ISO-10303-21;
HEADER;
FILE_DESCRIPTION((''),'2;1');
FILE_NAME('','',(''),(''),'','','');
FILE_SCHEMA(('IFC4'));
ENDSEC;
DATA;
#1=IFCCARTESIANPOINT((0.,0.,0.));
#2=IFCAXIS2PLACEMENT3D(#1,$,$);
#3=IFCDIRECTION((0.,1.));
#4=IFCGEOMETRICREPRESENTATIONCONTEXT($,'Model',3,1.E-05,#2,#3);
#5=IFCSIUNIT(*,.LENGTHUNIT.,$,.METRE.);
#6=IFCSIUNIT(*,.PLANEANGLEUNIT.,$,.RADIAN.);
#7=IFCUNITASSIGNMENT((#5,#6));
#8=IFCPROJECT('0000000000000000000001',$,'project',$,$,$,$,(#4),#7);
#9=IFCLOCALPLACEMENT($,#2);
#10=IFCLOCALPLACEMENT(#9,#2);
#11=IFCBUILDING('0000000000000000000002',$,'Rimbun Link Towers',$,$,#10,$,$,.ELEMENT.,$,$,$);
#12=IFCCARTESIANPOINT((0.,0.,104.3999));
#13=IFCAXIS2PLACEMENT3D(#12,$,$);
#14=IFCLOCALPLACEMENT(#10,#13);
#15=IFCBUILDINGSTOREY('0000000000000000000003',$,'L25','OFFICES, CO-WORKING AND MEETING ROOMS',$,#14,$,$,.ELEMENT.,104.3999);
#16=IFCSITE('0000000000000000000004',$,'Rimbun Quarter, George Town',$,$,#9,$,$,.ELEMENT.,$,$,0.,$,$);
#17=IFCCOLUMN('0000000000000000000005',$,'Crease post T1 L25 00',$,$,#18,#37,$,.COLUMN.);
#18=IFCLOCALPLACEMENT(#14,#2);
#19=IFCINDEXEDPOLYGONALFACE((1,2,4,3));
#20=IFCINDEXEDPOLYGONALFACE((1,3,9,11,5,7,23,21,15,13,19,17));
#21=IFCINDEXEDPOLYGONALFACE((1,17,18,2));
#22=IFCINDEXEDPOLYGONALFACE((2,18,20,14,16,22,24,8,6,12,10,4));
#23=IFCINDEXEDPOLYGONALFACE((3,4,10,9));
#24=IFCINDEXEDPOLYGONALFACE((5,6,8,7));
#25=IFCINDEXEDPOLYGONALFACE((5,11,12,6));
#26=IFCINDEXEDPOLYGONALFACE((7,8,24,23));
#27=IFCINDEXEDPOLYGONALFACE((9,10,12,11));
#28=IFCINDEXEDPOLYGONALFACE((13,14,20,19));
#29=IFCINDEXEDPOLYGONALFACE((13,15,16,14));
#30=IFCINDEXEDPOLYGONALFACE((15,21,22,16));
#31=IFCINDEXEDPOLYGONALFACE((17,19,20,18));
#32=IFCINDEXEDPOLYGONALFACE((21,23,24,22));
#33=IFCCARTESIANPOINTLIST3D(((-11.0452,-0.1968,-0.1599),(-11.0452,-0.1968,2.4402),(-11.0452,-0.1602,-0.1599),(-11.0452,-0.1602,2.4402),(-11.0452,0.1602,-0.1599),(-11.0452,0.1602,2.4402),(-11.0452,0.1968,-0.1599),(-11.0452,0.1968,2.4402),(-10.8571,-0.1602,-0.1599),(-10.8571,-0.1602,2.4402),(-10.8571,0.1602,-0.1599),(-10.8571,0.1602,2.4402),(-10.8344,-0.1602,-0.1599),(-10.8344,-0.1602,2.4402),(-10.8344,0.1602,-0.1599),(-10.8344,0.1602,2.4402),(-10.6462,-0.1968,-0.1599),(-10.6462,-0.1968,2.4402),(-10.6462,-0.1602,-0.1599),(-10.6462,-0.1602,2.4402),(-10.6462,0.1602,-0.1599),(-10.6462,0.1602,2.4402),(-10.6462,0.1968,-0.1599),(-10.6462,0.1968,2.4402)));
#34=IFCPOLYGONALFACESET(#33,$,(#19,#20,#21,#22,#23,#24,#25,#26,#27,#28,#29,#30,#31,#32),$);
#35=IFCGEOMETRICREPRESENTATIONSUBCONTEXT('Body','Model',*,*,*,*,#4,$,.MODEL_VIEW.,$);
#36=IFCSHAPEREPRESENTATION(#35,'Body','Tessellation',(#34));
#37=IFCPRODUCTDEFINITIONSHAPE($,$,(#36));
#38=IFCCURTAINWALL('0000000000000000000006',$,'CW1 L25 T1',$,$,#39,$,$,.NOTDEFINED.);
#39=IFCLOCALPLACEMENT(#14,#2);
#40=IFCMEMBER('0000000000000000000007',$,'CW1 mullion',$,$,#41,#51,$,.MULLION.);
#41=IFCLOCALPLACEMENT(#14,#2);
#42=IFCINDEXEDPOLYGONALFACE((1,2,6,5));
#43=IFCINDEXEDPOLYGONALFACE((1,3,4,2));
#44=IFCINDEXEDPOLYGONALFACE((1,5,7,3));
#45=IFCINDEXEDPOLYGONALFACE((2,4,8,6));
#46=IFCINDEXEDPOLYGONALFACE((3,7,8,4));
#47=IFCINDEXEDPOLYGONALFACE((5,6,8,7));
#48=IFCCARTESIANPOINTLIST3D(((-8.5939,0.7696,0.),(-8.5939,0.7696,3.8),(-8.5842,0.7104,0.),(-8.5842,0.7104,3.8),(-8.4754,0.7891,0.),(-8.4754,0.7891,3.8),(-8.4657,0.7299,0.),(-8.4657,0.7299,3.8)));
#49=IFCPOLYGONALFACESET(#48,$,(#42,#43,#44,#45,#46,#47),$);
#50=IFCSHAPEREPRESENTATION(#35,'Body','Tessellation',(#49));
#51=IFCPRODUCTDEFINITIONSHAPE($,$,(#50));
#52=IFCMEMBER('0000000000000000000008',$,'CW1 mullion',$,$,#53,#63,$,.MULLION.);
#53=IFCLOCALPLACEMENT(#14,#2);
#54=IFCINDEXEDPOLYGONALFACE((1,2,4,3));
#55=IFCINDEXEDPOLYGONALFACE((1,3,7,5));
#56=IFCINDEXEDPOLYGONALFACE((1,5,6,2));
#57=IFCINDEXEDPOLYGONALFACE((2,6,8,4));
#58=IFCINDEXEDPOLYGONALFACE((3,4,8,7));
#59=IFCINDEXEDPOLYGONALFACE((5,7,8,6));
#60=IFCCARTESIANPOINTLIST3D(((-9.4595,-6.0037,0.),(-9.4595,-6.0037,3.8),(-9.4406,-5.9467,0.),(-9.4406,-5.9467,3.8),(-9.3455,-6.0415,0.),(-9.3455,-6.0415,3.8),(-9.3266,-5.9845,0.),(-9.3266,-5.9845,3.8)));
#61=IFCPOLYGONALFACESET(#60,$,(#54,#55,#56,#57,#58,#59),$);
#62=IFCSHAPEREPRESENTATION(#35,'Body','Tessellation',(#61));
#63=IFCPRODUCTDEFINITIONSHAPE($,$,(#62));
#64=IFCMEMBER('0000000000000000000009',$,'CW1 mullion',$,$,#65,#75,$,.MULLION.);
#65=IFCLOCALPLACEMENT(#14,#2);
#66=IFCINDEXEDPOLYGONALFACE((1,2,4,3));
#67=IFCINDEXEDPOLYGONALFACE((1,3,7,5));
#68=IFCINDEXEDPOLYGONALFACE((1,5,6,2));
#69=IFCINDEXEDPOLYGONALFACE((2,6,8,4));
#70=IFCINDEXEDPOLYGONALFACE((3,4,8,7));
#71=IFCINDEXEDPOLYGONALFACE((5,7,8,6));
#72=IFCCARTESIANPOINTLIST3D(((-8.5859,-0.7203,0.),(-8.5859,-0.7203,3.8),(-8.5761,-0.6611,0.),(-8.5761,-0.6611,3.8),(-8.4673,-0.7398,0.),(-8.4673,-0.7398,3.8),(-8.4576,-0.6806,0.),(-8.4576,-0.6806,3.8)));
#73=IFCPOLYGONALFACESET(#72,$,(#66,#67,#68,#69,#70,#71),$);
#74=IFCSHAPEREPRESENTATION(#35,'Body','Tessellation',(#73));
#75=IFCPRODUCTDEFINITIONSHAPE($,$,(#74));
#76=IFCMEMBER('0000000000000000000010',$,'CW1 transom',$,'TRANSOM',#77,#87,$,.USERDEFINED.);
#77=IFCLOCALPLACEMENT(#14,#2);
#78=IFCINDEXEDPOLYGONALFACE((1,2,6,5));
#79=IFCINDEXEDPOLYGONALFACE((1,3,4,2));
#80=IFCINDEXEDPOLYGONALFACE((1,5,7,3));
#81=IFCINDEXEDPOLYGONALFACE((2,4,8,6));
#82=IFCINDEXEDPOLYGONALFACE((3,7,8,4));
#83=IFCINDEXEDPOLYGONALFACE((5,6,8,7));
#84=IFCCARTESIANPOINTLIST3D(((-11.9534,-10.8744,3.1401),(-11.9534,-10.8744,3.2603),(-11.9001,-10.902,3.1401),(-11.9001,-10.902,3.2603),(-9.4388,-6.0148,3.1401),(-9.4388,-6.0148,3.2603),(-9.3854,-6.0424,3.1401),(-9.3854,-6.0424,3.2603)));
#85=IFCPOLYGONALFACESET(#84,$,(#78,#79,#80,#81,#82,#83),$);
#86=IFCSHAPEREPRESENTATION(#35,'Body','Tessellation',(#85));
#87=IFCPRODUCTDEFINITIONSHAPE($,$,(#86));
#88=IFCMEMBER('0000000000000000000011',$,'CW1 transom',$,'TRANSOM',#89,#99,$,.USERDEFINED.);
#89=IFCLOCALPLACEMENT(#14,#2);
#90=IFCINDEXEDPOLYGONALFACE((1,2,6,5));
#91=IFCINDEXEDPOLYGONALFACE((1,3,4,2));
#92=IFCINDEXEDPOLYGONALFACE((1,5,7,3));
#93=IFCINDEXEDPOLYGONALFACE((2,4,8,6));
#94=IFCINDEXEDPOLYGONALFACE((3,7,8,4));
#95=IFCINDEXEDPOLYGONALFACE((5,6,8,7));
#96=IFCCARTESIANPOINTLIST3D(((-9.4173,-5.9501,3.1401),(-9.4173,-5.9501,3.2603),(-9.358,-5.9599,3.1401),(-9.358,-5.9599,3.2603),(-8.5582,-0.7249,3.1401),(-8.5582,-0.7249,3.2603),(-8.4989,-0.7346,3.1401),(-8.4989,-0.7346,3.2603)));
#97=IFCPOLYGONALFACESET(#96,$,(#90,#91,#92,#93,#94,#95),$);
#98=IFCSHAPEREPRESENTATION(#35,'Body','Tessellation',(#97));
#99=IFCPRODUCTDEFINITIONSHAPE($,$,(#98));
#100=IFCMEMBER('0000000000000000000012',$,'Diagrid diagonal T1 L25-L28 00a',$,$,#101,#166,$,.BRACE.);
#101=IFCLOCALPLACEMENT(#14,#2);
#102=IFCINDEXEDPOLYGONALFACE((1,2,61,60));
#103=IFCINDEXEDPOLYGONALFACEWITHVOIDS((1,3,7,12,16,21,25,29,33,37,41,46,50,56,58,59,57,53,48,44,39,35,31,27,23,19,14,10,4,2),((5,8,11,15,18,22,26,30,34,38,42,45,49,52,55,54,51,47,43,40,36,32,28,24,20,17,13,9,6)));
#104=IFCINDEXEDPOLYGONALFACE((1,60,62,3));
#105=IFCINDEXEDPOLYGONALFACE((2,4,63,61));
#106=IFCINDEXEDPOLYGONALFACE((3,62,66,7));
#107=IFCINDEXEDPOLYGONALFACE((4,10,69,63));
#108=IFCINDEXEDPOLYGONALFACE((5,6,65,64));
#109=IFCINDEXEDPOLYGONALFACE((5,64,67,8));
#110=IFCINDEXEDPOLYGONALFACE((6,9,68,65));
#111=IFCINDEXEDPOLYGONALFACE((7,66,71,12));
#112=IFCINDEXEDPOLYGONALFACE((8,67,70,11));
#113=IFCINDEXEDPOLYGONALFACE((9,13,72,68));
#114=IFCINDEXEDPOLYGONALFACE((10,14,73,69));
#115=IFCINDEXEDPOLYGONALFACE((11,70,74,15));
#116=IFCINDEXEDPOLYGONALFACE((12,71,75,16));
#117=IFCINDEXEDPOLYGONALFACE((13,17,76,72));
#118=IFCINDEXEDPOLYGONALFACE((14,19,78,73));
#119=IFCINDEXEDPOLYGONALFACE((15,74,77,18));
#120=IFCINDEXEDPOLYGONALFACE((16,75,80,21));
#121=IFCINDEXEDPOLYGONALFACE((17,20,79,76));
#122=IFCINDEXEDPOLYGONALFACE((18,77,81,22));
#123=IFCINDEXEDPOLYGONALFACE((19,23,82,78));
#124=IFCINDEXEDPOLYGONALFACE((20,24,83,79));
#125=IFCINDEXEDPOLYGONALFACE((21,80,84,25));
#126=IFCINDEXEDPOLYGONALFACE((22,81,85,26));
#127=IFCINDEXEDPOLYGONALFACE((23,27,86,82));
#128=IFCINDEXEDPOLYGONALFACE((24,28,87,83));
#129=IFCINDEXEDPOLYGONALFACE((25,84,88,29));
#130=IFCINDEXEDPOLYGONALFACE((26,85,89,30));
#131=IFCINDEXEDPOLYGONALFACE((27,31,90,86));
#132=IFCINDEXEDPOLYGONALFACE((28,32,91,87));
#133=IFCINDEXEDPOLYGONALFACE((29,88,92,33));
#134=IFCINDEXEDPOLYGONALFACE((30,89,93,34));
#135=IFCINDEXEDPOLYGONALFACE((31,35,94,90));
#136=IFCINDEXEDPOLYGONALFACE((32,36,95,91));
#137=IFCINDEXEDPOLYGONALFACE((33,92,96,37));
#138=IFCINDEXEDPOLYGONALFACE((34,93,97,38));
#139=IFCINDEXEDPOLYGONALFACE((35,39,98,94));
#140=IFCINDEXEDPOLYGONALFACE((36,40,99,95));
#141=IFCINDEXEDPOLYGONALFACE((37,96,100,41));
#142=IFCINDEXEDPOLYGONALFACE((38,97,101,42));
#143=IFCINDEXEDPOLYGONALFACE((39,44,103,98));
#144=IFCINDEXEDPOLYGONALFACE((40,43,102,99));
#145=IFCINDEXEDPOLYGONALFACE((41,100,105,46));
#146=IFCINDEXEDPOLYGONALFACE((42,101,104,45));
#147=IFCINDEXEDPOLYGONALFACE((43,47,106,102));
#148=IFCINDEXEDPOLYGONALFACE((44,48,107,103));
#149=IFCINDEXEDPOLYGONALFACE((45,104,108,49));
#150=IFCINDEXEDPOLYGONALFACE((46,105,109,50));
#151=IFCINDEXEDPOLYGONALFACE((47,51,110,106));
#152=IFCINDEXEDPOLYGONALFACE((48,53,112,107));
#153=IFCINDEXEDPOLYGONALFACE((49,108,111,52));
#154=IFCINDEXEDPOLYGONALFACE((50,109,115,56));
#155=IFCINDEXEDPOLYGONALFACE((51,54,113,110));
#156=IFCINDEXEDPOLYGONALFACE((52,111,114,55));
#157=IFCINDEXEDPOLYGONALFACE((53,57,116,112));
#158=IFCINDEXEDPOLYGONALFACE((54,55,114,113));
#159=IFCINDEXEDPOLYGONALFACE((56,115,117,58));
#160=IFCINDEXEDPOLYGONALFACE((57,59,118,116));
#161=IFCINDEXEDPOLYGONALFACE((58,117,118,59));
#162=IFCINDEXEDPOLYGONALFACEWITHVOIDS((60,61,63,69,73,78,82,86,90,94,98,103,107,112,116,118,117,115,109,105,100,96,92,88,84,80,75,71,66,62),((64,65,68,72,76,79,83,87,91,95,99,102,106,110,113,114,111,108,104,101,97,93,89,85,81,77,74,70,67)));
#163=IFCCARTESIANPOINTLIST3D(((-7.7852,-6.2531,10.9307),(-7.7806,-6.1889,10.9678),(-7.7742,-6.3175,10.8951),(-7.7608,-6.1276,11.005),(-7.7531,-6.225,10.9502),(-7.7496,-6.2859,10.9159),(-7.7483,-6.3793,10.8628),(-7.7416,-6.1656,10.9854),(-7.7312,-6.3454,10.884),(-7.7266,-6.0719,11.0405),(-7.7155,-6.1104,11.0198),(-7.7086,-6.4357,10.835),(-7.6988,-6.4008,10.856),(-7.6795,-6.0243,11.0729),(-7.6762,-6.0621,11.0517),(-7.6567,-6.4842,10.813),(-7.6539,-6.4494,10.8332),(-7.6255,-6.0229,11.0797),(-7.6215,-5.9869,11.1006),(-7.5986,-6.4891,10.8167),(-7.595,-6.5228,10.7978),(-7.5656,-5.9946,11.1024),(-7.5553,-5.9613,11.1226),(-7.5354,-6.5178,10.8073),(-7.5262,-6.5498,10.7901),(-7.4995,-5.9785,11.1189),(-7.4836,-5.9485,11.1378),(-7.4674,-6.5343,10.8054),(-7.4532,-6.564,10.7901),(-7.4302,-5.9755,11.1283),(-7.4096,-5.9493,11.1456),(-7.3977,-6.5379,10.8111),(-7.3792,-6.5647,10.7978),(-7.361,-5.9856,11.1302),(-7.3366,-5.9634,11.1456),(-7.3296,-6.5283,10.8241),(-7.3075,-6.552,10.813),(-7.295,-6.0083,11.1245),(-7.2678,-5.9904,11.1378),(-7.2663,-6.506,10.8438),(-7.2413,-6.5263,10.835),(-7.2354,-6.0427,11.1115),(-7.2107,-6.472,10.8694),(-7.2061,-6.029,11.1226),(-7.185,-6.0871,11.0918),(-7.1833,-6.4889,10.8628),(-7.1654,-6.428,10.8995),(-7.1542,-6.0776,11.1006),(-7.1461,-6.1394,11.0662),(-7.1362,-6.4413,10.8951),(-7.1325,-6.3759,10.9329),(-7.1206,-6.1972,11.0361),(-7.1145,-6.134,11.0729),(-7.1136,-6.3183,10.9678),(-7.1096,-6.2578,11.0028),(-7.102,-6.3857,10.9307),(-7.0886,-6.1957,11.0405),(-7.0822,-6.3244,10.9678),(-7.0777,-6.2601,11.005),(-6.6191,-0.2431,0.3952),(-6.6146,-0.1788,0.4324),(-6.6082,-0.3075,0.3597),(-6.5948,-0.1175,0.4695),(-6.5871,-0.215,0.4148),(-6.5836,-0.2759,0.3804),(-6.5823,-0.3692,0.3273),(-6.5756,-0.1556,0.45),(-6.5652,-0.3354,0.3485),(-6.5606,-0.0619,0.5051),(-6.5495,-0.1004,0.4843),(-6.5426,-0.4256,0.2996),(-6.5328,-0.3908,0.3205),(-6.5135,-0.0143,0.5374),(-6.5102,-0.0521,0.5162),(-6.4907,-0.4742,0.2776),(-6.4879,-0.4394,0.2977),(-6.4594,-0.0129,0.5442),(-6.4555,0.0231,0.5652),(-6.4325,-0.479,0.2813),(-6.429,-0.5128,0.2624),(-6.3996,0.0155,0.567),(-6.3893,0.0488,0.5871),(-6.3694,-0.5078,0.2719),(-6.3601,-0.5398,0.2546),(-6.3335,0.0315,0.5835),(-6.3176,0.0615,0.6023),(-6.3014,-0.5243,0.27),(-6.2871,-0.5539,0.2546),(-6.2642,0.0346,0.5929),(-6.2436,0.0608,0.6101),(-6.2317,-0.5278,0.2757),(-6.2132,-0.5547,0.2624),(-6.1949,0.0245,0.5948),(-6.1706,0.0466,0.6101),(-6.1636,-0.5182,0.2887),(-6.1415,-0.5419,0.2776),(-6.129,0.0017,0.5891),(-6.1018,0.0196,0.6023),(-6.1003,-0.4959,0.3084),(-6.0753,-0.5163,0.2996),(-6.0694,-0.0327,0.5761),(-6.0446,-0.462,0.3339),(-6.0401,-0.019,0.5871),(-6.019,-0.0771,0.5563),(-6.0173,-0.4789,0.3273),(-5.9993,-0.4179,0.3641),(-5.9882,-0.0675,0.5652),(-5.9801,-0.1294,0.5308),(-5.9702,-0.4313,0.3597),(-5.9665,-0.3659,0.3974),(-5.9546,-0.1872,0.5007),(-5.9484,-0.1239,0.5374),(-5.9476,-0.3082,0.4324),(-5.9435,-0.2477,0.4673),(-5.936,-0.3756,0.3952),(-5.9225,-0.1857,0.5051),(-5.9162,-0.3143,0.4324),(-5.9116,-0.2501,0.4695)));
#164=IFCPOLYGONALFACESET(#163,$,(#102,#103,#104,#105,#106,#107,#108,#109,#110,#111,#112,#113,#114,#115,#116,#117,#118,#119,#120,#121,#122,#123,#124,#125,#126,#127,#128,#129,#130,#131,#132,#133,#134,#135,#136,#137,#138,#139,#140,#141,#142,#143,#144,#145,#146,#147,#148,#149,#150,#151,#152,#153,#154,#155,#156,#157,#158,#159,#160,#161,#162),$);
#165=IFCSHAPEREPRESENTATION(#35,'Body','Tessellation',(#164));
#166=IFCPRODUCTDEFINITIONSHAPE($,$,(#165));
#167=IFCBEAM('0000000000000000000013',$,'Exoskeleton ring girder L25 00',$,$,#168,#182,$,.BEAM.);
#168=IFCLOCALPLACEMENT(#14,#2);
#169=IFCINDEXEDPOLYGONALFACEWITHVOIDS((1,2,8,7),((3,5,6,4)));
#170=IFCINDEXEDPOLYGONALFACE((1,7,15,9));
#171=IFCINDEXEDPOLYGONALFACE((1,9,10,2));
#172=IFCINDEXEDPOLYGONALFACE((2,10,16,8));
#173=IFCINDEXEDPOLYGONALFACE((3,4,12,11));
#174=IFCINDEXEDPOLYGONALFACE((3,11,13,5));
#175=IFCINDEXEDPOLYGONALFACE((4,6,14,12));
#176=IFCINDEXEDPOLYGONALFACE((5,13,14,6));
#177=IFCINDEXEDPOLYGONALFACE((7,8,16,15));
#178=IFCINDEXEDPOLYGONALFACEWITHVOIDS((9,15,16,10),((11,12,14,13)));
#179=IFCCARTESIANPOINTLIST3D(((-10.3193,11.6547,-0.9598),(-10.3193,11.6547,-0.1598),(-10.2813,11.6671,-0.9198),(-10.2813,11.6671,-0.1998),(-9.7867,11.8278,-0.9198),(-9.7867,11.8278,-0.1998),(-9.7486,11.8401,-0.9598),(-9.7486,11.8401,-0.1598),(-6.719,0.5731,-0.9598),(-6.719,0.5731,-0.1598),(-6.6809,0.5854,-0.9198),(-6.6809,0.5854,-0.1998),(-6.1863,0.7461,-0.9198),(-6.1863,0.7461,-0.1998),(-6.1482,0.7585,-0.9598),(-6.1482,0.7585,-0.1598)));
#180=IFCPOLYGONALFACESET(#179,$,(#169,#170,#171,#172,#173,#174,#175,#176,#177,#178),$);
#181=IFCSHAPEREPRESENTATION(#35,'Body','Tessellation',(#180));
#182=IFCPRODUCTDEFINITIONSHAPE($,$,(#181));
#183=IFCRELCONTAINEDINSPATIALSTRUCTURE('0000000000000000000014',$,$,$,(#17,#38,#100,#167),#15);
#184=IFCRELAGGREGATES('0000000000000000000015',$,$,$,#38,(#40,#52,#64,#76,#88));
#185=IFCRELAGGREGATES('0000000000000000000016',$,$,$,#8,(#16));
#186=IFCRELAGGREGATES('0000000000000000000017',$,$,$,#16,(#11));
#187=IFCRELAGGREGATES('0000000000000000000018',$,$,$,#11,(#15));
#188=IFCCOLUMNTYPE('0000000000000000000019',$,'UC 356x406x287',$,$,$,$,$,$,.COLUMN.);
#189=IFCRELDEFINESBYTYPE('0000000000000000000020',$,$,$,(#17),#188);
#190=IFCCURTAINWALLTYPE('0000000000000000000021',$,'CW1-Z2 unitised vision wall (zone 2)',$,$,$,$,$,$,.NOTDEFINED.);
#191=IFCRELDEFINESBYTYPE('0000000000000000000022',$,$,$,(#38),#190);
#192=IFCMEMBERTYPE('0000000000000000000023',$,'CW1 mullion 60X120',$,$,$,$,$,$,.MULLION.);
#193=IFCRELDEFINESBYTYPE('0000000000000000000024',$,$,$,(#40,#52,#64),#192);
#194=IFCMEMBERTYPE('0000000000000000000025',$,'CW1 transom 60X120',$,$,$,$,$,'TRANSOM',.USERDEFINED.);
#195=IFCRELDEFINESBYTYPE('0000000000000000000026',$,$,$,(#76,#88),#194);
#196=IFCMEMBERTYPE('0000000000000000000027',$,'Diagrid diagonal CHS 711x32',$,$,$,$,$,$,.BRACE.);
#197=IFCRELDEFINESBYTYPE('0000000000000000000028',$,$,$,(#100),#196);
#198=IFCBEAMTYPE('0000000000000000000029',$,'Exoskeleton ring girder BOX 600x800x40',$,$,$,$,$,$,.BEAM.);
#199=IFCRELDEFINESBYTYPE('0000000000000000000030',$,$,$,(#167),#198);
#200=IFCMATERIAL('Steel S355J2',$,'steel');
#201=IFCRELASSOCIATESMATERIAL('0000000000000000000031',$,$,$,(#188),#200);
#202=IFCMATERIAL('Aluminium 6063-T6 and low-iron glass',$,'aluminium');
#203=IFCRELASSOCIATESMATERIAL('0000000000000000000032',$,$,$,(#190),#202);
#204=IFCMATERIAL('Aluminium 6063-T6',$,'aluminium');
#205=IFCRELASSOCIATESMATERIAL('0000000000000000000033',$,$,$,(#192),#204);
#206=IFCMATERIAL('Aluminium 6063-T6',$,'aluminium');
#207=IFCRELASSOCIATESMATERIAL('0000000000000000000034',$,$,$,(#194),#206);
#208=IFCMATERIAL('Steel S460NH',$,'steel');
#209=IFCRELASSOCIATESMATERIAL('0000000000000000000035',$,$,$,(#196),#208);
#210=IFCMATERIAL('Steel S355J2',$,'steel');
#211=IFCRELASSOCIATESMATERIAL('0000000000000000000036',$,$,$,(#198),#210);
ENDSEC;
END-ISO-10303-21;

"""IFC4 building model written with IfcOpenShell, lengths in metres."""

from ifc_helpers import new_model, si_unit, direction, frame, origin, origin_2d, place, context, subcontext, project, spatial, rectangle, hollow_rectangle, hollow_circle, i_section, extrude, material, material_profile, profile_set, type_object, element, aggregate, save


model = new_model("IFC4")

# Units and contexts
model_context = context("Model", 3, precision=1e-05, world=origin(), true_north=direction((0.0, 1.0)))
body_context = subcontext(model_context, "Body", "Model", "MODEL_VIEW")
ifc_project = project(units=[si_unit("LENGTHUNIT", "METRE"), si_unit("PLANEANGLEUNIT", "RADIAN")], contexts=[model_context])

# Site, building, storey
site_placement = place(None, origin())
site = spatial("IfcSite", under=ifc_project, at=site_placement, Name="Rimbun Quarter, George Town", CompositionType="ELEMENT", RefElevation=0.0)
building_placement = place(site_placement, origin())
building = spatial("IfcBuilding", under=site, at=building_placement, Name="Rimbun Link Towers", CompositionType="ELEMENT")
storey_placement = place(building_placement, frame((0.0, 0.0, 104.3999)))
storey = spatial("IfcBuildingStorey", under=building, at=storey_placement, Name="L25", Description="OFFICES, CO-WORKING AND MEETING ROOMS", CompositionType="ELEMENT", Elevation=104.3999)

# Column
ifc_material_1 = material(Name="Steel S355J2", Category="steel")
ifc_material_profile_1 = material_profile(ifc_material_1, i_section(OverallWidth=0.3989, OverallDepth=0.3936, WebThickness=0.0227, FlangeThickness=0.0366, at=origin_2d()), Name="UC 356x406x287")
ifc_profile_set_1 = profile_set([ifc_material_profile_1], Name="Steel S355J2")
column_type = type_object("IfcColumnType", Name="UC 356x406x287", PredefinedType="COLUMN", material=ifc_profile_set_1)
column_placement = place(storey_placement, frame((-10.8457, 0.0, -0.1599), z_axis=(0.0, 0.0, 1.0), x_axis=(1.0, 0.0, 0.0)))
element("IfcColumn", 1, at=column_placement, inside=storey, type_object=column_type, Name="Crease post T1 L25 00", PredefinedType="COLUMN", context=body_context, shape_type="SweptSolid", body=[
    extrude(i_section(OverallWidth=0.3989, OverallDepth=0.3936, WebThickness=0.0227, FlangeThickness=0.0366, at=origin_2d()), origin(), (0.0, 0.0, 1.0), 2.6001),
])

# Curtain wall, members
ifc_material_2 = material(Name="Aluminium 6063-T6 and low-iron glass", Category="aluminium")
curtain_wall_type = type_object("IfcCurtainWallType", Name="CW1-Z2 unitised vision wall (zone 2)", PredefinedType="NOTDEFINED", material=ifc_material_2)
curtain_wall_placement = place(storey_placement, origin())
curtain_wall = element("IfcCurtainWall", 2, at=curtain_wall_placement, inside=storey, type_object=curtain_wall_type, Name="CW1 L25 T1", PredefinedType="NOTDEFINED")
ifc_material_3 = material(Name="Aluminium 6063-T6", Category="aluminium")
ifc_material_profile_2 = material_profile(ifc_material_3, rectangle(XDim=0.1201, YDim=0.0601, at=origin_2d()), Name="MULLION 60X120")
ifc_profile_set_2 = profile_set([ifc_material_profile_2], Name="Aluminium 6063-T6")
member_type_1 = type_object("IfcMemberType", Name="CW1 mullion 60X120", PredefinedType="MULLION", material=ifc_profile_set_2)
member_1_placement = place(storey_placement, frame((-8.5298, 0.7498, 0.0), z_axis=(0.0, 0.0, 1.0), x_axis=(0.98675, 0.162248, 0.0)))
member_1 = element("IfcMember", 3, at=member_1_placement, type_object=member_type_1, Name="CW1 mullion", PredefinedType="MULLION", context=body_context, shape_type="SweptSolid", body=[
    extrude(rectangle(XDim=0.1201, YDim=0.0601, at=origin_2d()), origin(), (0.0, 0.0, 1.0), 3.8),
])
member_2_placement = place(storey_placement, frame((-9.3931, -5.9941, 0.0), z_axis=(0.0, 0.0, 1.0), x_axis=(0.949163, -0.314786, 0.0)))
member_2 = element("IfcMember", 4, at=member_2_placement, type_object=member_type_1, Name="CW1 mullion", PredefinedType="MULLION", context=body_context, shape_type="SweptSolid", body=[
    extrude(rectangle(XDim=0.1201, YDim=0.0601, at=origin_2d()), origin(), (0.0, 0.0, 1.0), 3.8),
])
member_3_placement = place(storey_placement, frame((-8.5217, -0.7004, 0.0), z_axis=(0.0, 0.0, 1.0), x_axis=(0.98675, -0.162248, 0.0)))
member_3 = element("IfcMember", 5, at=member_3_placement, type_object=member_type_1, Name="CW1 mullion", PredefinedType="MULLION", context=body_context, shape_type="SweptSolid", body=[
    extrude(rectangle(XDim=0.1201, YDim=0.0601, at=origin_2d()), origin(), (0.0, 0.0, 1.0), 3.8),
])
ifc_material_4 = material(Name="Aluminium 6063-T6", Category="aluminium")
ifc_material_profile_3 = material_profile(ifc_material_4, rectangle(XDim=0.0601, YDim=0.1201, at=origin_2d()), Name="TRANSOM 60X120")
ifc_profile_set_3 = profile_set([ifc_material_profile_3], Name="Aluminium 6063-T6")
member_type_2 = type_object("IfcMemberType", Name="CW1 transom 60X120", ElementType="TRANSOM", PredefinedType="USERDEFINED", material=ifc_profile_set_3)
member_4_placement = place(storey_placement, frame((-9.4121, -6.0286, 3.2002), z_axis=(-0.459575, -0.888139, 0.0), x_axis=(0.888139, -0.459575, 0.0)))
member_4 = element("IfcMember", 6, at=member_4_placement, type_object=member_type_2, Name="CW1 transom", ObjectType="TRANSOM", PredefinedType="USERDEFINED", context=body_context, shape_type="SweptSolid", body=[
    extrude(rectangle(XDim=0.0601, YDim=0.1201, at=origin_2d()), origin(), (0.0, 0.0, 1.0), 5.4717),
])
member_5_placement = place(storey_placement, frame((-8.5286, -0.7297, 3.2002), z_axis=(-0.162238, -0.986752, 0.0), x_axis=(0.986752, -0.162238, 0.0)))
member_5 = element("IfcMember", 7, at=member_5_placement, type_object=member_type_2, Name="CW1 transom", ObjectType="TRANSOM", PredefinedType="USERDEFINED", context=body_context, shape_type="SweptSolid", body=[
    extrude(rectangle(XDim=0.0601, YDim=0.1201, at=origin_2d()), origin(), (0.0, 0.0, 1.0), 5.2954),
])

# Member
ifc_material_5 = material(Name="Steel S460NH", Category="steel")
ifc_material_profile_4 = material_profile(ifc_material_5, hollow_circle(Radius=0.3557, WallThickness=0.032, at=origin_2d()), Name="Diagrid diagonal CHS 711x32")
ifc_profile_set_4 = profile_set([ifc_material_profile_4], Name="Steel S460NH")
member_type_3 = type_object("IfcMemberType", Name="Diagrid diagonal CHS 711x32", PredefinedType="BRACE", material=ifc_profile_set_4)
member_6_placement = place(storey_placement, frame((-6.2654, -0.2466, 0.4324), z_axis=(-0.095693, -0.49323, 0.86462), x_axis=(0.981695, -0.190461, 0.0)))
element("IfcMember", 8, at=member_6_placement, inside=storey, type_object=member_type_3, Name="Diagrid diagonal T1 L25-L28 00a", PredefinedType="BRACE", context=body_context, shape_type="SweptSolid", body=[
    extrude(hollow_circle(Radius=0.3557, WallThickness=0.032, at=origin_2d()), origin(), (0.0, 0.0, 1.0), 12.1851),
])

# Beam
ifc_material_6 = material(Name="Steel S355J2", Category="steel")
ifc_material_profile_5 = material_profile(ifc_material_6, hollow_rectangle(XDim=0.6001, YDim=0.8, WallThickness=0.04, at=origin_2d()), Name="Exoskeleton ring girder BOX 600x800x40")
ifc_profile_set_5 = profile_set([ifc_material_profile_5], Name="Steel S355J2")
beam_type_1 = type_object("IfcBeamType", Name="Exoskeleton ring girder BOX 600x800x40", PredefinedType="BEAM", material=ifc_profile_set_5)
beam_1_placement = place(storey_placement, frame((-6.4336, 0.6658, -0.5598), z_axis=(-0.308996, 0.951063, 0.0), x_axis=(-0.951063, -0.308996, 0.0)))
element("IfcBeam", 9, at=beam_1_placement, inside=storey, type_object=beam_type_1, Name="Exoskeleton ring girder L25 00", PredefinedType="BEAM", context=body_context, shape_type="SweptSolid", body=[
    extrude(hollow_rectangle(XDim=0.6001, YDim=0.8, WallThickness=0.04, at=origin_2d()), origin(), (0.0, 0.0, 1.0), 11.6519),
])

aggregate(curtain_wall, [member_1, member_2, member_3, member_4, member_5])

save(model, "model.ifc")
